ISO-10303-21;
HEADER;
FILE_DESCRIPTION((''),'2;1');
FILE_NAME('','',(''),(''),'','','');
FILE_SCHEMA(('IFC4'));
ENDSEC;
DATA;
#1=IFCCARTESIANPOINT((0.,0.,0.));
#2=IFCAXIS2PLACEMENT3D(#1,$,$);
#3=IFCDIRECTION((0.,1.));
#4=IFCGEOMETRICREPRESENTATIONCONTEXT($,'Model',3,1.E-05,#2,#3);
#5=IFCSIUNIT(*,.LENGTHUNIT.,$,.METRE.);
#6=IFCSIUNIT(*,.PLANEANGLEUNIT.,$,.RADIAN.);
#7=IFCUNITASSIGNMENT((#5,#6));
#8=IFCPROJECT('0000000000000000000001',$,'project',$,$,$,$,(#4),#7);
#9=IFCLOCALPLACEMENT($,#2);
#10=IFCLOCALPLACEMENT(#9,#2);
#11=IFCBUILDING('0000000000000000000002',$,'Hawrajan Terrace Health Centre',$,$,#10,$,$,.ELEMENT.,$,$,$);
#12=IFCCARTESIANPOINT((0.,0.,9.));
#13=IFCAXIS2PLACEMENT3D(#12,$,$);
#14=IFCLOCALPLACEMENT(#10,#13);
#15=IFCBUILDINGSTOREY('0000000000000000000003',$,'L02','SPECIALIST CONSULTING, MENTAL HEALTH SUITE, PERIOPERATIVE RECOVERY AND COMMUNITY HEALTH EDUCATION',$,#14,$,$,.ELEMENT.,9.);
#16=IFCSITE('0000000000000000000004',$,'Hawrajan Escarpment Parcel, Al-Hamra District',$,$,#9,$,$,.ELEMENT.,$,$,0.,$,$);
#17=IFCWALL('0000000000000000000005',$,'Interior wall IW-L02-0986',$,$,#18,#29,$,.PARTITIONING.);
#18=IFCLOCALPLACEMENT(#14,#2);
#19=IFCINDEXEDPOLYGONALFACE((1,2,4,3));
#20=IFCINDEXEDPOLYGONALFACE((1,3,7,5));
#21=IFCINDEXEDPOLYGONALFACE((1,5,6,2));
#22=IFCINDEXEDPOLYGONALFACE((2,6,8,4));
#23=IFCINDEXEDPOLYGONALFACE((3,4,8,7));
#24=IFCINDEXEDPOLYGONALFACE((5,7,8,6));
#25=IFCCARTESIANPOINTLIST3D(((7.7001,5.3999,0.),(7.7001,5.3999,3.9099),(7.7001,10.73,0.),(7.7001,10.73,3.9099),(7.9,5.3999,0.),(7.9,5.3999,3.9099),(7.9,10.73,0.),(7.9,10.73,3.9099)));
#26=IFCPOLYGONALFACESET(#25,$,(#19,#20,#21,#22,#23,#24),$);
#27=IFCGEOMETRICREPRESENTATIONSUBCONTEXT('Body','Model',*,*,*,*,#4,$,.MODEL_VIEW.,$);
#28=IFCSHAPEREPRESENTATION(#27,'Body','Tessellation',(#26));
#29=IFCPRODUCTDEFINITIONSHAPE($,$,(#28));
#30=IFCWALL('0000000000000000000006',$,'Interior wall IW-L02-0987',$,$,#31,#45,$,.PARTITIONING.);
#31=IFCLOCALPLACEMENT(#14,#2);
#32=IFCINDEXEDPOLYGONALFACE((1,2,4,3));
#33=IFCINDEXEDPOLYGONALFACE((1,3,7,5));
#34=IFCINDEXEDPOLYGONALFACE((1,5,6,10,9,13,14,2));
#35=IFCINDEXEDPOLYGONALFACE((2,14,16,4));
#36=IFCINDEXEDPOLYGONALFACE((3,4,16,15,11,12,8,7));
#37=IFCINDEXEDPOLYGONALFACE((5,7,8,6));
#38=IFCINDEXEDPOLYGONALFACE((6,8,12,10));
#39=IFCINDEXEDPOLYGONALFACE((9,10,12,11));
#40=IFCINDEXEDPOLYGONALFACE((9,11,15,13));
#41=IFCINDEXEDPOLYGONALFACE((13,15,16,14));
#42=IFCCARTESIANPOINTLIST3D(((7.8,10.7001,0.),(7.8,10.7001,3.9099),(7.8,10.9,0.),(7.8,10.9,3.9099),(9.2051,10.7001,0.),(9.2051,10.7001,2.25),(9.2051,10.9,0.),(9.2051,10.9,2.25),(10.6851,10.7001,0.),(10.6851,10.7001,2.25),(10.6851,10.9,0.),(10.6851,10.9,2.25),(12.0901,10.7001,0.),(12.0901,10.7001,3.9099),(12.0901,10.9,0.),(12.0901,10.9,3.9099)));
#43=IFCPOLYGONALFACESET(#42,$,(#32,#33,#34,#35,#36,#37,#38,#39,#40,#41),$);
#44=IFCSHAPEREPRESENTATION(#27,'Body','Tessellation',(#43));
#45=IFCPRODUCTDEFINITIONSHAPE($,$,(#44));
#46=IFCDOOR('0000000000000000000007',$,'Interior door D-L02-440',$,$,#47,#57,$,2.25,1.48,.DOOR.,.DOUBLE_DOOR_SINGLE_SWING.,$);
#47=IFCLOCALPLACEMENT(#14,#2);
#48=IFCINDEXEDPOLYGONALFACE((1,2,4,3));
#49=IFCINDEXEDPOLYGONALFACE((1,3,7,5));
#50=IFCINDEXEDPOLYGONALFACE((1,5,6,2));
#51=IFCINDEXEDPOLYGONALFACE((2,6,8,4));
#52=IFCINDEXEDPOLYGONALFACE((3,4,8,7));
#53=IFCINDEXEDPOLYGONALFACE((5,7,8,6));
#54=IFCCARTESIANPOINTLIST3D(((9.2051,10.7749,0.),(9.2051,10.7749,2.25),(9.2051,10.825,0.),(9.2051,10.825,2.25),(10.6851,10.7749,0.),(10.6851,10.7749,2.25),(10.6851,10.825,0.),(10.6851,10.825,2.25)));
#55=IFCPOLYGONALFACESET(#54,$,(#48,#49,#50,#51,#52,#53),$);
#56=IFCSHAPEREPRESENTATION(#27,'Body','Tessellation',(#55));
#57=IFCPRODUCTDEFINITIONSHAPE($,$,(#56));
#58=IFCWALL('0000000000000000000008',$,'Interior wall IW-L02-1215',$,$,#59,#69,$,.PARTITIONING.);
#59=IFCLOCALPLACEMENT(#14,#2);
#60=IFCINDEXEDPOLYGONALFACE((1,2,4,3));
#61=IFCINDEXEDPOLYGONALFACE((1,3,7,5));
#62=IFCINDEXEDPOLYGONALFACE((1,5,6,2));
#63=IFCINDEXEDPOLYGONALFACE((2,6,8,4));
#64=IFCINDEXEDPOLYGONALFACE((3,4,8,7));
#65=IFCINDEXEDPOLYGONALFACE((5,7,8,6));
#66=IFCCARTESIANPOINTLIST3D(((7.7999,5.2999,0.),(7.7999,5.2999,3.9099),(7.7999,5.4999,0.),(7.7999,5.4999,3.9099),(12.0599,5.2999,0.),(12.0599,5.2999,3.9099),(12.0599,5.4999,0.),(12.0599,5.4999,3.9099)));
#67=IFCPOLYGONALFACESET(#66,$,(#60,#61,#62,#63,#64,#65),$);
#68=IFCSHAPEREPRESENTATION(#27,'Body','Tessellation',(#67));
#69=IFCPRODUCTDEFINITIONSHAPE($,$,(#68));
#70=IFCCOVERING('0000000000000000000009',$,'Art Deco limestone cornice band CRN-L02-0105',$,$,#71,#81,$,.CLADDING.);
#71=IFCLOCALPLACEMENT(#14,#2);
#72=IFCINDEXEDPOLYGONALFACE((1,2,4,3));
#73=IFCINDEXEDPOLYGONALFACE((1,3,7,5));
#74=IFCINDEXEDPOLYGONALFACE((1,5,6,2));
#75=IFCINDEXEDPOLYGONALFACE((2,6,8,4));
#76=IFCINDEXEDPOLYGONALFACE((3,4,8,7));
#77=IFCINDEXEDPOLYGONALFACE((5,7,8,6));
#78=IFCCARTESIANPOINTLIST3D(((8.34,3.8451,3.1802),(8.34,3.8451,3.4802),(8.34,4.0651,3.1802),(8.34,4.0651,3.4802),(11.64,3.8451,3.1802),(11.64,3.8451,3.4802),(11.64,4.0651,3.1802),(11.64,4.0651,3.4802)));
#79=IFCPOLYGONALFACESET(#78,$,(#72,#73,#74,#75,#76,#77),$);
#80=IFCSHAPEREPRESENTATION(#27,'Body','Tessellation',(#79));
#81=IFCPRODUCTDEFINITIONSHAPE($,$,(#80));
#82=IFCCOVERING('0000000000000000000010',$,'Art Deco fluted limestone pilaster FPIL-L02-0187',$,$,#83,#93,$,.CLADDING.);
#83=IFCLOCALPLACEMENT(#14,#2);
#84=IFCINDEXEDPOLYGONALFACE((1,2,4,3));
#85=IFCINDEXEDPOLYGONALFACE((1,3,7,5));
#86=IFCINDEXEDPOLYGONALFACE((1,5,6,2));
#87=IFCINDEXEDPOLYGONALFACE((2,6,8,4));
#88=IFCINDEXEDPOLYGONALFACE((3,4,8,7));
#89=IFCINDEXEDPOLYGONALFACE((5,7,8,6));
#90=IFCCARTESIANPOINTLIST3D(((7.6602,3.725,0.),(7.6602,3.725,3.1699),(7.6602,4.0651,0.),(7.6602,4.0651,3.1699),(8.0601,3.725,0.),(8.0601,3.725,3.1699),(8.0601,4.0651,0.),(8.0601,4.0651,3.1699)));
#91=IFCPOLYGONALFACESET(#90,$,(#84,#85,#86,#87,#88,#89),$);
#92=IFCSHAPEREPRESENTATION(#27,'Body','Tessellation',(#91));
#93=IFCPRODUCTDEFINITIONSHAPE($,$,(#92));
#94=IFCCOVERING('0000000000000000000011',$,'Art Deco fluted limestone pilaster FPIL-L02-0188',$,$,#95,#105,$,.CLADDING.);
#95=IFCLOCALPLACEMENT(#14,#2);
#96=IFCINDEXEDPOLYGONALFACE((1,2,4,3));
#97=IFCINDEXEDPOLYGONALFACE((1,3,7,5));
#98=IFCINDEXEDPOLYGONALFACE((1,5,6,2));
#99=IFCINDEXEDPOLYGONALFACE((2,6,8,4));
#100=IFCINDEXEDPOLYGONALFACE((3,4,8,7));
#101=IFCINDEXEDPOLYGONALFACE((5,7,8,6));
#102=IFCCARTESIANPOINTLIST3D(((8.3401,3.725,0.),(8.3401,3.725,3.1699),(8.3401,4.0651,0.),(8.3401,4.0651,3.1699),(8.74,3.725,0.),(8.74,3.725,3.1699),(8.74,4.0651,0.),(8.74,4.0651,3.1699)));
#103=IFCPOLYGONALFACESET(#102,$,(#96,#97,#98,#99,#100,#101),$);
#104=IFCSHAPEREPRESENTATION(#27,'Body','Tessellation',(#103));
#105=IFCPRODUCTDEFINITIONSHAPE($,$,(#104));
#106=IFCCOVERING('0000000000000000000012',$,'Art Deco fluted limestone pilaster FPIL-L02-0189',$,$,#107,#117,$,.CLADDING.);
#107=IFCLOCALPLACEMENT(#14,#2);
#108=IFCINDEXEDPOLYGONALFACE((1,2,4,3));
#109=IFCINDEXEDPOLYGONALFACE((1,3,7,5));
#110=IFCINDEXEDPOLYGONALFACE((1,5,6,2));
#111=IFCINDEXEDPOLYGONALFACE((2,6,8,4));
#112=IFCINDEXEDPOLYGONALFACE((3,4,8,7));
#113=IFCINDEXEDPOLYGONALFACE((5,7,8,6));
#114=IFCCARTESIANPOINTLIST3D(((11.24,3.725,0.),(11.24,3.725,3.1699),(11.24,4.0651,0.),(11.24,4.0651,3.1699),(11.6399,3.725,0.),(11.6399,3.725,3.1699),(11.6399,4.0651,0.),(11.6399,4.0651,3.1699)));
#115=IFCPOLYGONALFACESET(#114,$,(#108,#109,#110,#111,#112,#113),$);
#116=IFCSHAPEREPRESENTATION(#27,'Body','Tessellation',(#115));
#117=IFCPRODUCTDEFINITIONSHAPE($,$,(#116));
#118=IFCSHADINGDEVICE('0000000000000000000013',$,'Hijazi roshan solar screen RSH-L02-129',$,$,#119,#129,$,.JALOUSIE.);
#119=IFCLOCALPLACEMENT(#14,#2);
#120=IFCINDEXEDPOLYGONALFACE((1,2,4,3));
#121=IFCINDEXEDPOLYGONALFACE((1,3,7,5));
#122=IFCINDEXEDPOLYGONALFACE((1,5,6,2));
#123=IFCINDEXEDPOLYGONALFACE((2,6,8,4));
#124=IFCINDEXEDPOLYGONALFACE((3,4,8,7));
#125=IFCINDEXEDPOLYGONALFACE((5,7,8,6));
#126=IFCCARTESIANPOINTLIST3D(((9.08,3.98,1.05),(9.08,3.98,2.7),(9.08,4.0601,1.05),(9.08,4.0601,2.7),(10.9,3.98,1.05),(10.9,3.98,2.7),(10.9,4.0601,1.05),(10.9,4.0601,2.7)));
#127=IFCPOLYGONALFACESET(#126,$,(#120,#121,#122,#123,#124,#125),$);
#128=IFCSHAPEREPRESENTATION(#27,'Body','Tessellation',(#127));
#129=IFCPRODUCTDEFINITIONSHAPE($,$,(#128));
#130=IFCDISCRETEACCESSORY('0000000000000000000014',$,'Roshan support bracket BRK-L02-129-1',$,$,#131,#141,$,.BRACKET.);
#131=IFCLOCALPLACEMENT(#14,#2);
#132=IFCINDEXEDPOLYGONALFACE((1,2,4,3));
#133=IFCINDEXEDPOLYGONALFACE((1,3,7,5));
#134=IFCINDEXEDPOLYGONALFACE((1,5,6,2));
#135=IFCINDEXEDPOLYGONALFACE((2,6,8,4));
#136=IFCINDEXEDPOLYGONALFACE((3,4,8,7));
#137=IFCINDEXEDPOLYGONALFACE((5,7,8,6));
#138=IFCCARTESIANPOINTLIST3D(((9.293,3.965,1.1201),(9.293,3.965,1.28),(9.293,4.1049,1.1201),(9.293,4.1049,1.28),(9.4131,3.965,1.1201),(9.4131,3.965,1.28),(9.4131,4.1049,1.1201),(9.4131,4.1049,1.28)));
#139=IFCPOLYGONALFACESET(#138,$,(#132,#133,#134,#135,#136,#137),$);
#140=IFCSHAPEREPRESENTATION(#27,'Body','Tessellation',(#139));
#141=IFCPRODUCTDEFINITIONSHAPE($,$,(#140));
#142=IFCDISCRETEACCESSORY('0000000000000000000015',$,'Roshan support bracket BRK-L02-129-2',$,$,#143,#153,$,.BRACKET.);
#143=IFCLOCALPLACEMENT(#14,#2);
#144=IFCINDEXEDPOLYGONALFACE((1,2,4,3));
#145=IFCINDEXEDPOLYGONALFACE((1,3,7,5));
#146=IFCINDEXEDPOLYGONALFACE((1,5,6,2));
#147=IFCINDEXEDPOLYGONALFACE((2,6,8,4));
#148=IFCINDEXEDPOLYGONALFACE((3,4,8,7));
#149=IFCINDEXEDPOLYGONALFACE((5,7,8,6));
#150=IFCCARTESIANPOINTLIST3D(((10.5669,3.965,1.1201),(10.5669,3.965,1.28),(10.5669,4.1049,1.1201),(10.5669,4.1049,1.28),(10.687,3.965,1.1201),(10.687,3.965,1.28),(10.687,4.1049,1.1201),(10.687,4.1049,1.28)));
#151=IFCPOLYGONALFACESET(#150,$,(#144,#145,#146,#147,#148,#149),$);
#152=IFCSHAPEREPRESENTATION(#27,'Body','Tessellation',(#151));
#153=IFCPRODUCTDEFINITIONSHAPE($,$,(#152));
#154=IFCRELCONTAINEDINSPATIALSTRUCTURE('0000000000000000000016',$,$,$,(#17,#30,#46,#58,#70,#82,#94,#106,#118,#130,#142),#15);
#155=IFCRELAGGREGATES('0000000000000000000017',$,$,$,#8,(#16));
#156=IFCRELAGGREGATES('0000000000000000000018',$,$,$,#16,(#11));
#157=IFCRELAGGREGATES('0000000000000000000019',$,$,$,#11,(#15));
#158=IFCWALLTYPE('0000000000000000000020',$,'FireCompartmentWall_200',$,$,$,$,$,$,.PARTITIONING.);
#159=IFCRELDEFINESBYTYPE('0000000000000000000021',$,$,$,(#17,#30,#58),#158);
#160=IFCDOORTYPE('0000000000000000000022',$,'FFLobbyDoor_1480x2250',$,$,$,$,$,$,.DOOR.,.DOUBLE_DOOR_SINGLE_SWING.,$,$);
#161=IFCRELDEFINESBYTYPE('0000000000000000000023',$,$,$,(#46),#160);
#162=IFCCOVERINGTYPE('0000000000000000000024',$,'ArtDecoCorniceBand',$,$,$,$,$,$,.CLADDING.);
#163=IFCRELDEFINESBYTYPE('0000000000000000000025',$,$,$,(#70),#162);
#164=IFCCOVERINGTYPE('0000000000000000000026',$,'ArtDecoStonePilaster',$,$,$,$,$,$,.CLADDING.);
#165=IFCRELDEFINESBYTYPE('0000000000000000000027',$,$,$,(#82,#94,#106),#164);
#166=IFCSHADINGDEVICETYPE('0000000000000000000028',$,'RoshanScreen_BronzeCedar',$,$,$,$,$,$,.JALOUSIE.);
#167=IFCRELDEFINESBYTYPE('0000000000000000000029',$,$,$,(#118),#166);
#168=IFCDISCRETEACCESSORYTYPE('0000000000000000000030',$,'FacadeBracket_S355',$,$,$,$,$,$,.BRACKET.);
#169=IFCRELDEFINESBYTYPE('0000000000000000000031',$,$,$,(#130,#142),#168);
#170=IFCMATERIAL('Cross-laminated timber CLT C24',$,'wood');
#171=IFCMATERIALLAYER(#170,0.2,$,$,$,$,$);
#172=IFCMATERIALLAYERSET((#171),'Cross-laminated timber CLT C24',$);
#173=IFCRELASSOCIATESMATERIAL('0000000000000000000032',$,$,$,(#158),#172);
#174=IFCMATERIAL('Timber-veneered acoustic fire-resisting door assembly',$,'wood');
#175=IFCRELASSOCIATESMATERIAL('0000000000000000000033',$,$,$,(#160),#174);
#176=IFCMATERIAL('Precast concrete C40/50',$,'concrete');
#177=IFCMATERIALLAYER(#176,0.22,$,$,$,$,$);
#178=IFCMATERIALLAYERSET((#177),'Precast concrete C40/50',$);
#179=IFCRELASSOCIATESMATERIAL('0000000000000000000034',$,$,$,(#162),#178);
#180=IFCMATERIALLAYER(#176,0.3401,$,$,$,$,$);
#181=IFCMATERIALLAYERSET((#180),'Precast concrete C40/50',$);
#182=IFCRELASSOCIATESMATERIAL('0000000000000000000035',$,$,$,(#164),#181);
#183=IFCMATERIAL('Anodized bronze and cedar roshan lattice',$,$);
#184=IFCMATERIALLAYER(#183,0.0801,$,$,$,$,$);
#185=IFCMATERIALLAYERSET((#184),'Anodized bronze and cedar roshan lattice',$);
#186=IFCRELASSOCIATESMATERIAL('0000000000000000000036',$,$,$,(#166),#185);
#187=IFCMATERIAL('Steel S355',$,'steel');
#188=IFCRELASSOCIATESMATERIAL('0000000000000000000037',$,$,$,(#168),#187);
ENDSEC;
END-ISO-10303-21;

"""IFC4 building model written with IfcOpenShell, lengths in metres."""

from ifc_helpers import new_model, si_unit, direction, frame, frame_2d, origin, origin_2d, place, context, subcontext, project, spatial, rectangle, extrude, material, layer, layer_set, type_object, element, fill, save


model = new_model("IFC4")

# Units and contexts
model_context = context("Model", 3, precision=1e-05, world=origin(), true_north=direction((0.0, 1.0)))
body_context = subcontext(model_context, "Body", "Model", "MODEL_VIEW")
ifc_project = project(units=[si_unit("LENGTHUNIT", "METRE"), si_unit("PLANEANGLEUNIT", "RADIAN")], contexts=[model_context])

# Site, building, storey
site_placement = place(None, origin())
site = spatial("IfcSite", under=ifc_project, at=site_placement, Name="Hawrajan Escarpment Parcel, Al-Hamra District", CompositionType="ELEMENT", RefElevation=0.0)
building_placement = place(site_placement, origin())
building = spatial("IfcBuilding", under=site, at=building_placement, Name="Hawrajan Terrace Health Centre", CompositionType="ELEMENT")
storey_placement = place(building_placement, frame((0.0, 0.0, 9.0)))
storey = spatial("IfcBuildingStorey", under=building, at=storey_placement, Name="L02", Description="SPECIALIST CONSULTING, MENTAL HEALTH SUITE, PERIOPERATIVE RECOVERY AND COMMUNITY HEALTH EDUCATION", CompositionType="ELEMENT", Elevation=9.0)

# Shared definitions
ifc_material_1 = material(Name="Precast concrete C40/50", Category="concrete")

# Wall
ifc_material_2 = material(Name="Cross-laminated timber CLT C24", Category="wood")
ifc_layer_1 = layer(ifc_material_2, 0.2)
ifc_layer_set_1 = layer_set([ifc_layer_1], Name="Cross-laminated timber CLT C24")
wall_type_1 = type_object("IfcWallType", Name="FireCompartmentWall_200", PredefinedType="PARTITIONING", material=ifc_layer_set_1)
wall_1_placement = place(storey_placement, frame((7.8, 5.3999, 0.0), z_axis=(0.0, 0.0, 1.0), x_axis=(0.0, 1.0, 0.0)))
element("IfcWall", 1, at=wall_1_placement, inside=storey, type_object=wall_type_1, Name="Interior wall IW-L02-0986", PredefinedType="PARTITIONING", context=body_context, shape_type="SweptSolid", body=[
    extrude(rectangle(XDim=5.3301, YDim=0.2, at=frame_2d((2.665, 0.0))), origin(), (0.0, 0.0, 1.0), 3.9099),
])

# Wall, opening, door
wall_2_placement = place(storey_placement, frame((7.8, 10.8, 0.0), z_axis=(0.0, 0.0, 1.0), x_axis=(1.0, 0.0, 0.0)))
wall_2 = element("IfcWall", 2, at=wall_2_placement, inside=storey, type_object=wall_type_1, Name="Interior wall IW-L02-0987", PredefinedType="PARTITIONING", context=body_context, shape_type="SweptSolid", body=[
    extrude(rectangle(XDim=4.29, YDim=0.2, at=frame_2d((2.145, 0.0))), origin(), (0.0, 0.0, 1.0), 3.9099),
])
opening_1_placement = place(wall_2_placement, frame((1.405, 0.0, 0.0)))
opening_1 = element("IfcOpeningElement", 3, at=opening_1_placement, cuts=wall_2, PredefinedType="OPENING", context=body_context, shape_type="SweptSolid", body=[
    extrude(rectangle(XDim=1.48, YDim=2.25, at=frame_2d((0.74, 1.125))), frame((0.0, 0.1099, 0.0), z_axis=(0.0, -1.0, 0.0), x_axis=(1.0, 0.0, 0.0)), (0.0, 0.0, 1.0), 0.22),
])
ifc_material_3 = material(Name="Timber-veneered acoustic fire-resisting door assembly", Category="wood")
door_type_1 = type_object("IfcDoorType", Name="FFLobbyDoor_1480x2250", OperationType="DOUBLE_DOOR_SINGLE_SWING", PredefinedType="DOOR", material=ifc_material_3)
door_1_placement = place(opening_1_placement, origin())
door_1 = element("IfcDoor", 4, at=door_1_placement, inside=storey, type_object=door_type_1, Name="Interior door D-L02-440", OperationType="DOUBLE_DOOR_SINGLE_SWING", OverallHeight=2.25, OverallWidth=1.48, PredefinedType="DOOR", context=body_context, shape_type="SweptSolid", body=[
    extrude(rectangle(XDim=1.48, YDim=2.25, at=frame_2d((0.74, 1.125))), frame((0.0, 0.0249, 0.0), z_axis=(0.0, -1.0, 0.0), x_axis=(1.0, 0.0, 0.0)), (0.0, 0.0, 1.0), 0.05),
])
fill(opening_1, door_1)

# Wall
wall_3_placement = place(storey_placement, frame((7.8, 5.3999, 0.0), z_axis=(0.0, 0.0, 1.0), x_axis=(1.0, 0.0, 0.0)))
element("IfcWall", 5, at=wall_3_placement, inside=storey, type_object=wall_type_1, Name="Interior wall IW-L02-1215", PredefinedType="PARTITIONING", context=body_context, shape_type="SweptSolid", body=[
    extrude(rectangle(XDim=4.26, YDim=0.2, at=frame_2d((2.1299, 0.0))), origin(), (0.0, 0.0, 1.0), 3.9099),
])

# Coverings
ifc_layer_2 = layer(ifc_material_1, 0.22)
ifc_layer_set_2 = layer_set([ifc_layer_2], Name="Precast concrete C40/50")
covering_type_1 = type_object("IfcCoveringType", Name="ArtDecoCorniceBand", PredefinedType="CLADDING", material=ifc_layer_set_2)
covering_placement = place(storey_placement, frame((9.99, 3.9551, 3.1802), z_axis=(0.0, 0.0, 1.0), x_axis=(1.0, 0.0, 0.0)))
element("IfcCovering", 6, at=covering_placement, inside=storey, type_object=covering_type_1, Name="Art Deco limestone cornice band CRN-L02-0105", PredefinedType="CLADDING", context=body_context, shape_type="SweptSolid", body=[
    extrude(rectangle(XDim=3.3, YDim=0.22, at=origin_2d()), origin(), (0.0, 0.0, 1.0), 0.3),
])
ifc_layer_3 = layer(ifc_material_1, 0.3401)
ifc_layer_set_3 = layer_set([ifc_layer_3], Name="Precast concrete C40/50")
covering_type_2 = type_object("IfcCoveringType", Name="ArtDecoStonePilaster", PredefinedType="CLADDING", material=ifc_layer_set_3)
for number, where, z_axis, x_axis, name in (
    (7, (7.8601, 3.895, 0.0), (0.0, 0.0, 1.0), (1.0, 0.0, 0.0), "Art Deco fluted limestone pilaster FPIL-L02-0187"),
    (8, (8.54, 3.895, 0.0), (0.0, 0.0, 1.0), (1.0, 0.0, 0.0), "Art Deco fluted limestone pilaster FPIL-L02-0188"),
    (9, (11.4399, 3.895, 0.0), (0.0, 0.0, 1.0), (1.0, 0.0, 0.0), "Art Deco fluted limestone pilaster FPIL-L02-0189"),
):
    element("IfcCovering", number, at=place(storey_placement, frame(where, z_axis=z_axis, x_axis=x_axis)), inside=storey, type_object=covering_type_2, Name=name, PredefinedType="CLADDING", context=body_context, shape_type="SweptSolid", body=[
        extrude(rectangle(XDim=0.3999, YDim=0.3401, at=origin_2d()), origin(), (0.0, 0.0, 1.0), 3.1699),
    ])

# Shading device
ifc_material_4 = material(Name="Anodized bronze and cedar roshan lattice")
ifc_layer_4 = layer(ifc_material_4, 0.0801)
ifc_layer_set_4 = layer_set([ifc_layer_4], Name="Anodized bronze and cedar roshan lattice")
shading_device_type = type_object("IfcShadingDeviceType", Name="RoshanScreen_BronzeCedar", PredefinedType="JALOUSIE", material=ifc_layer_set_4)
shading_device_placement = place(storey_placement, frame((9.99, 4.02, 1.05), z_axis=(0.0, 0.0, 1.0), x_axis=(1.0, 0.0, 0.0)))
element("IfcShadingDevice", 10, at=shading_device_placement, inside=storey, type_object=shading_device_type, Name="Hijazi roshan solar screen RSH-L02-129", PredefinedType="JALOUSIE", context=body_context, shape_type="SweptSolid", body=[
    extrude(rectangle(XDim=1.8201, YDim=0.0801, at=origin_2d()), origin(), (0.0, 0.0, 1.0), 1.6499),
])

# Discrete accessories
ifc_material_5 = material(Name="Steel S355", Category="steel")
discrete_accessory_type = type_object("IfcDiscreteAccessoryType", Name="FacadeBracket_S355", PredefinedType="BRACKET", material=ifc_material_5)
for number, where, z_axis, x_axis, name in (
    (11, (9.353, 4.0349, 1.1201), (0.0, 0.0, 1.0), (1.0, 0.0, 0.0), "Roshan support bracket BRK-L02-129-1"),
    (12, (10.627, 4.0349, 1.1201), (0.0, 0.0, 1.0), (1.0, 0.0, 0.0), "Roshan support bracket BRK-L02-129-2"),
):
    element("IfcDiscreteAccessory", number, at=place(storey_placement, frame(where, z_axis=z_axis, x_axis=x_axis)), inside=storey, type_object=discrete_accessory_type, Name=name, PredefinedType="BRACKET", context=body_context, shape_type="SweptSolid", body=[
        extrude(rectangle(XDim=0.1201, YDim=0.1399, at=origin_2d()), origin(), (0.0, 0.0, 1.0), 0.1599),
    ])

save(model, "model.ifc")
